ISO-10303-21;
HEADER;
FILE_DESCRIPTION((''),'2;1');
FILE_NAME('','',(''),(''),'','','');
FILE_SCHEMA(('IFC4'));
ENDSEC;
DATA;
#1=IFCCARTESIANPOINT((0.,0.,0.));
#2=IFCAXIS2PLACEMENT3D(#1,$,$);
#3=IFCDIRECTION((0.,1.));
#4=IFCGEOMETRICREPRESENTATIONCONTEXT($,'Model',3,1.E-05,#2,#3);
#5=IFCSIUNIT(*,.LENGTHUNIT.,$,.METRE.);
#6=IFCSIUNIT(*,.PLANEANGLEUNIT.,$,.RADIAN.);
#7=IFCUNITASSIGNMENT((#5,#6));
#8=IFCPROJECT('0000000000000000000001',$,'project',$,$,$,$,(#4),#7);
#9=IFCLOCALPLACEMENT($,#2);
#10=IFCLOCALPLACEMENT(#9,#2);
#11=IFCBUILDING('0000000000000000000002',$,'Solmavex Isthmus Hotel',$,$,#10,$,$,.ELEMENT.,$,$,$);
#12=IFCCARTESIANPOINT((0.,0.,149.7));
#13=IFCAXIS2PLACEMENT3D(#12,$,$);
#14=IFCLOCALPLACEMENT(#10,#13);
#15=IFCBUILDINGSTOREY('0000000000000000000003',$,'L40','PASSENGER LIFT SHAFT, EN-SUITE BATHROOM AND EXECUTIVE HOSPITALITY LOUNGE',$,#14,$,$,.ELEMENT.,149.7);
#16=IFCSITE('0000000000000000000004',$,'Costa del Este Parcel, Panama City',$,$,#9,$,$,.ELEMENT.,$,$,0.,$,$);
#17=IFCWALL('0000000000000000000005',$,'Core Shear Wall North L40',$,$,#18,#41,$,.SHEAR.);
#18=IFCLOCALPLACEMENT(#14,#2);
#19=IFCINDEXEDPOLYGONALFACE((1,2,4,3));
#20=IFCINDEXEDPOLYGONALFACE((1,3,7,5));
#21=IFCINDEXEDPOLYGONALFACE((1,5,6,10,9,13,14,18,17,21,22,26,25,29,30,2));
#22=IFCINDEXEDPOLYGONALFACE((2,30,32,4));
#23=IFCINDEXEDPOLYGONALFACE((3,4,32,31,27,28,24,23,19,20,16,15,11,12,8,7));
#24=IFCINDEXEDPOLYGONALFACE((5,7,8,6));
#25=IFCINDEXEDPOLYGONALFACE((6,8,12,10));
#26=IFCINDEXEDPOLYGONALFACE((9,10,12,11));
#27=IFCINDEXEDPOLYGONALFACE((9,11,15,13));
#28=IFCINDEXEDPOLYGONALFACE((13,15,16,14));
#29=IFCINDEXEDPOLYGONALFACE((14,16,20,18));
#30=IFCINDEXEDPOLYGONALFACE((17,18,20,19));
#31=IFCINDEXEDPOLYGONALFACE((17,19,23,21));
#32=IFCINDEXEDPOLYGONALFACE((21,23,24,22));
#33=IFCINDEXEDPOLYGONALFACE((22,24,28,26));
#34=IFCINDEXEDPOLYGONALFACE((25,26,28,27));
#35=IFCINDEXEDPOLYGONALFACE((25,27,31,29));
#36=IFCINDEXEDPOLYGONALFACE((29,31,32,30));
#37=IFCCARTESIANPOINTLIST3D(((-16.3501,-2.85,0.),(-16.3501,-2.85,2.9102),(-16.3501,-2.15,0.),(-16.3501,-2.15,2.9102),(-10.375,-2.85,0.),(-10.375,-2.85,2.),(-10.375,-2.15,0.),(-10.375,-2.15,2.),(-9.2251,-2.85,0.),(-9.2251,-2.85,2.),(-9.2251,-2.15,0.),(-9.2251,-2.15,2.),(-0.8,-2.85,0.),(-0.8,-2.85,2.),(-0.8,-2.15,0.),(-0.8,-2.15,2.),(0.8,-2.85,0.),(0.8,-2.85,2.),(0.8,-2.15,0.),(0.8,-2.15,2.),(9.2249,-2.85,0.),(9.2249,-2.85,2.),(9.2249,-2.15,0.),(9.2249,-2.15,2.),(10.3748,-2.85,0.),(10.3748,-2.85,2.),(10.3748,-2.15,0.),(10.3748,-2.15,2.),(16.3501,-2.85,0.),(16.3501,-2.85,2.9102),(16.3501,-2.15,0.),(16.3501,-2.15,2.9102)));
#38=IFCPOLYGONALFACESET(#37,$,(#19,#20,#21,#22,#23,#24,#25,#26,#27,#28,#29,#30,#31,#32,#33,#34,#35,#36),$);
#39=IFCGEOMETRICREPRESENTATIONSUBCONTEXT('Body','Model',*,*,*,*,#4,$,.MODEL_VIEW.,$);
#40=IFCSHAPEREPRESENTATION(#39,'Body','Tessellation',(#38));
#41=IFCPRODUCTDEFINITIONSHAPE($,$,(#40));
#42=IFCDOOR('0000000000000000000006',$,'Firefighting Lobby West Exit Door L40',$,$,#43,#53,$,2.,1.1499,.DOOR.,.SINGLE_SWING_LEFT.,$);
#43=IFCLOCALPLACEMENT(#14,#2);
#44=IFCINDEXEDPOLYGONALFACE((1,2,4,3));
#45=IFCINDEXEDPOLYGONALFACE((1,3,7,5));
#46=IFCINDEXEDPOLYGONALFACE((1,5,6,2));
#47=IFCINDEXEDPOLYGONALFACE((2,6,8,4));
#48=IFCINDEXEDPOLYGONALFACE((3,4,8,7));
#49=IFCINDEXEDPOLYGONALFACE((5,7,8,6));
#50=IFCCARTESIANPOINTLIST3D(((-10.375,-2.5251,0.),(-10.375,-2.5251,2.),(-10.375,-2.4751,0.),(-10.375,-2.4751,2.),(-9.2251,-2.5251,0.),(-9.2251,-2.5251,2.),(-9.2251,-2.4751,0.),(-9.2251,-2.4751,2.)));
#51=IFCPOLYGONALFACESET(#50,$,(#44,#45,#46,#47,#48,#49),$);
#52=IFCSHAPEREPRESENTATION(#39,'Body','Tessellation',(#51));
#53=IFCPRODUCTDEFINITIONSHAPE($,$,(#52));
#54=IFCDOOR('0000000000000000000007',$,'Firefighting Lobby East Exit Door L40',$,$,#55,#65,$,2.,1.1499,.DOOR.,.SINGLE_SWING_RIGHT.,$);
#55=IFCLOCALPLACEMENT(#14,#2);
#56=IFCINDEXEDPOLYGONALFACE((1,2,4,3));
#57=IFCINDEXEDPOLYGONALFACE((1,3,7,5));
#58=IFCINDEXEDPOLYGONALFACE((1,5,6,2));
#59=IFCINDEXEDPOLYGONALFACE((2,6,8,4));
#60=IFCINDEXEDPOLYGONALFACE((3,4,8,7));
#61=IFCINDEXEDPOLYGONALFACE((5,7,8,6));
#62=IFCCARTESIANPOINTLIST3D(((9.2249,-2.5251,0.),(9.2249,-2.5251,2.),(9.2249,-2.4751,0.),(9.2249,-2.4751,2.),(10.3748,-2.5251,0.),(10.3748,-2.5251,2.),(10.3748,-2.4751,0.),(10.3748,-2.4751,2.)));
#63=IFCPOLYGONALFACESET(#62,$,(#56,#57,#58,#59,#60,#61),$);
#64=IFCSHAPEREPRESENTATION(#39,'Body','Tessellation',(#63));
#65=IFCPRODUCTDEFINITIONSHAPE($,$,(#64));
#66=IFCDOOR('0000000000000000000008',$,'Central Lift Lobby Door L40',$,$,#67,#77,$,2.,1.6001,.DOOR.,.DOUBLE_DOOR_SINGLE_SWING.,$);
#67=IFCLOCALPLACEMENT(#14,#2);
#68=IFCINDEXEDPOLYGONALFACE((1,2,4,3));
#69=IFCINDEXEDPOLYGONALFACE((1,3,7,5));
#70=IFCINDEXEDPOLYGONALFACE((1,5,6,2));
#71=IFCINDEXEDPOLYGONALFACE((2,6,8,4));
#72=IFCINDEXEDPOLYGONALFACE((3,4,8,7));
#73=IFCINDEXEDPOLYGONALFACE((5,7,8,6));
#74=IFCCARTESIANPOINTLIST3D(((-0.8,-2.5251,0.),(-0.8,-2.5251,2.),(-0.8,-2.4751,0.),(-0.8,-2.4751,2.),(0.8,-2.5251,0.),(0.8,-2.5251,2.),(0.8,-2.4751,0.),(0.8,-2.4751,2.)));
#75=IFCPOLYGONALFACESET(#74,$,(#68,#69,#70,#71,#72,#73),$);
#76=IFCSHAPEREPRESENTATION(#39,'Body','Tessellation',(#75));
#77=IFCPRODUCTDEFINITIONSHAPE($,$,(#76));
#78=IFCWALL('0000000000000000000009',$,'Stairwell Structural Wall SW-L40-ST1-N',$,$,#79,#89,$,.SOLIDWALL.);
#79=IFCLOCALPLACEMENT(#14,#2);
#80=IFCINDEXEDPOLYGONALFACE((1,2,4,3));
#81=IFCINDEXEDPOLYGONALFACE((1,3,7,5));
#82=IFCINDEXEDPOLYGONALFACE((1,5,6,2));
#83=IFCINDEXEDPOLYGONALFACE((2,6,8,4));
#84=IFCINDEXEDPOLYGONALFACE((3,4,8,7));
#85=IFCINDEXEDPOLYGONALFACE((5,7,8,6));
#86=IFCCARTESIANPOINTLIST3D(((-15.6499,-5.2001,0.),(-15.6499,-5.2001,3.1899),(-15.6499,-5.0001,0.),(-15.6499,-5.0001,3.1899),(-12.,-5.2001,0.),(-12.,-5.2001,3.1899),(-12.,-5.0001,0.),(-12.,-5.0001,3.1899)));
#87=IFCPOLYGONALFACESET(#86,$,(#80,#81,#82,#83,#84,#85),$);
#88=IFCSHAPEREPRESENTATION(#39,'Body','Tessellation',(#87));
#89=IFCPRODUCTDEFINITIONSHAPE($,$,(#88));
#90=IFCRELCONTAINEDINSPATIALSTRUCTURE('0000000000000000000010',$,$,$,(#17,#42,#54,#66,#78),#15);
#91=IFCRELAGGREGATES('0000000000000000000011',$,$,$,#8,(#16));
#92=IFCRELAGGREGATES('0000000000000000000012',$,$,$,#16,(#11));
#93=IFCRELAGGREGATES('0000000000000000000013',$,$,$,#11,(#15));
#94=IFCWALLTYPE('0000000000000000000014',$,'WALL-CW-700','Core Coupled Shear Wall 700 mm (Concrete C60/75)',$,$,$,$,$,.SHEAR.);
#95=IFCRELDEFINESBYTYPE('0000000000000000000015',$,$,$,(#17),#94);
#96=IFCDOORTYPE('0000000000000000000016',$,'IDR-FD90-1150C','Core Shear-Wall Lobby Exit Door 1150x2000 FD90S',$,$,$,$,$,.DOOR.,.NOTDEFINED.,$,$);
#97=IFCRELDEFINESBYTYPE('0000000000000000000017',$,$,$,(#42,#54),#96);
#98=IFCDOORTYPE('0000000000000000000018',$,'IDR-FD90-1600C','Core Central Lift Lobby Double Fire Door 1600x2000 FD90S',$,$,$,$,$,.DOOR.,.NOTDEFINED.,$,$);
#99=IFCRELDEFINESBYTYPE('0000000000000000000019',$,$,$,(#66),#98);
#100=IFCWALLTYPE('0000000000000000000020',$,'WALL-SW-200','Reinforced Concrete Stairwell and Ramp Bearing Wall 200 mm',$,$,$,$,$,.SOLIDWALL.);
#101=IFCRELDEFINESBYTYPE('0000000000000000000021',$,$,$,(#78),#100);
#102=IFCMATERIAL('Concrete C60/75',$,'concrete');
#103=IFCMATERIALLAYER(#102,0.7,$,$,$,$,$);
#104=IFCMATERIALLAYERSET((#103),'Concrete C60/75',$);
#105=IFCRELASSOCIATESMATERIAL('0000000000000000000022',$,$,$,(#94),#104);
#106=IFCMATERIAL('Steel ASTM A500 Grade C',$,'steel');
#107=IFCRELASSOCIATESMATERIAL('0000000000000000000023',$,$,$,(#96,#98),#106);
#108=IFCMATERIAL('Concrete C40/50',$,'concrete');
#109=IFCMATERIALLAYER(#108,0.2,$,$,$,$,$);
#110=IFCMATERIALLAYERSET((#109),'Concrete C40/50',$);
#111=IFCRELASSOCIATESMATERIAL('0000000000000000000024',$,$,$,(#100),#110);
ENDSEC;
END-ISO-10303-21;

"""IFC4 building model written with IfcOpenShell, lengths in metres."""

from ifc_helpers import new_model, si_unit, direction, frame, frame_2d, origin, place, context, subcontext, project, spatial, rectangle, extrude, material, layer, layer_set, type_object, element, fill, save


model = new_model("IFC4")

# Units and contexts
model_context = context("Model", 3, precision=1e-05, world=origin(), true_north=direction((0.0, 1.0)))
body_context = subcontext(model_context, "Body", "Model", "MODEL_VIEW")
ifc_project = project(units=[si_unit("LENGTHUNIT", "METRE"), si_unit("PLANEANGLEUNIT", "RADIAN")], contexts=[model_context])

# Site, building, storey
site_placement = place(None, origin())
site = spatial("IfcSite", under=ifc_project, at=site_placement, Name="Costa del Este Parcel, Panama City", CompositionType="ELEMENT", RefElevation=0.0)
building_placement = place(site_placement, origin())
building = spatial("IfcBuilding", under=site, at=building_placement, Name="Solmavex Isthmus Hotel", CompositionType="ELEMENT")
storey_placement = place(building_placement, frame((0.0, 0.0, 149.7)))
storey = spatial("IfcBuildingStorey", under=building, at=storey_placement, Name="L40", Description="PASSENGER LIFT SHAFT, EN-SUITE BATHROOM AND EXECUTIVE HOSPITALITY LOUNGE", CompositionType="ELEMENT", Elevation=149.7)

# Shared definitions
ifc_material_1 = material(Name="Concrete C60/75", Category="concrete")

# Wall, openings, doors
ifc_layer_1 = layer(ifc_material_1, 0.7)
ifc_layer_set_1 = layer_set([ifc_layer_1], Name="Concrete C60/75")
wall_type_1 = type_object("IfcWallType", Name="WALL-CW-700", Description="Core Coupled Shear Wall 700 mm (Concrete C60/75)", PredefinedType="SHEAR", material=ifc_layer_set_1)
wall_1_placement = place(storey_placement, frame((-16.3501, -2.5, 0.0), z_axis=(0.0, 0.0, 1.0), x_axis=(1.0, 0.0, 0.0)))
wall_1 = element("IfcWall", 1, at=wall_1_placement, inside=storey, type_object=wall_type_1, Name="Core Shear Wall North L40", PredefinedType="SHEAR", context=body_context, shape_type="SweptSolid", body=[
    extrude(rectangle(XDim=32.7002, YDim=0.7, at=frame_2d((16.3501, 0.0))), origin(), (0.0, 0.0, 1.0), 2.9102),
])
opening_1_placement = place(wall_1_placement, frame((5.9751, 0.0, 0.0)))
opening_1 = element("IfcOpeningElement", 2, at=opening_1_placement, cuts=wall_1, PredefinedType="OPENING", context=body_context, shape_type="SweptSolid", body=[
    extrude(rectangle(XDim=1.1499, YDim=2.0, at=frame_2d((0.575, 1.0))), frame((0.0, 0.3599, 0.0), z_axis=(0.0, -1.0, 0.0), x_axis=(1.0, 0.0, 0.0)), (0.0, 0.0, 1.0), 0.72),
])
opening_2_placement = place(wall_1_placement, frame((15.55, 0.0, 0.0)))
opening_2 = element("IfcOpeningElement", 3, at=opening_2_placement, cuts=wall_1, PredefinedType="OPENING", context=body_context, shape_type="SweptSolid", body=[
    extrude(rectangle(XDim=1.6001, YDim=2.0, at=frame_2d((0.8, 1.0))), frame((0.0, 0.3599, 0.0), z_axis=(0.0, -1.0, 0.0), x_axis=(1.0, 0.0, 0.0)), (0.0, 0.0, 1.0), 0.72),
])
opening_3_placement = place(wall_1_placement, frame((25.575, 0.0, 0.0)))
opening_3 = element("IfcOpeningElement", 4, at=opening_3_placement, cuts=wall_1, PredefinedType="OPENING", context=body_context, shape_type="SweptSolid", body=[
    extrude(rectangle(XDim=1.1499, YDim=2.0, at=frame_2d((0.575, 1.0))), frame((0.0, 0.3599, 0.0), z_axis=(0.0, -1.0, 0.0), x_axis=(1.0, 0.0, 0.0)), (0.0, 0.0, 1.0), 0.72),
])
ifc_material_2 = material(Name="Steel ASTM A500 Grade C", Category="steel")
door_type_1 = type_object("IfcDoorType", Name="IDR-FD90-1150C", Description="Core Shear-Wall Lobby Exit Door 1150x2000 FD90S", OperationType="NOTDEFINED", PredefinedType="DOOR", material=ifc_material_2)
door_1_placement = place(opening_1_placement, origin())
door_1 = element("IfcDoor", 5, at=door_1_placement, inside=storey, type_object=door_type_1, Name="Firefighting Lobby West Exit Door L40", OperationType="SINGLE_SWING_LEFT", OverallHeight=2.0, OverallWidth=1.1499, PredefinedType="DOOR", context=body_context, shape_type="SweptSolid", body=[
    extrude(rectangle(XDim=1.1499, YDim=2.0, at=frame_2d((0.575, 1.0))), frame((0.0, 0.0249, 0.0), z_axis=(0.0, -1.0, 0.0), x_axis=(1.0, 0.0, 0.0)), (0.0, 0.0, 1.0), 0.05),
])
fill(opening_1, door_1)
door_2_placement = place(opening_3_placement, origin())
door_2 = element("IfcDoor", 6, at=door_2_placement, inside=storey, type_object=door_type_1, Name="Firefighting Lobby East Exit Door L40", OperationType="SINGLE_SWING_RIGHT", OverallHeight=2.0, OverallWidth=1.1499, PredefinedType="DOOR", context=body_context, shape_type="SweptSolid", body=[
    extrude(rectangle(XDim=1.1499, YDim=2.0, at=frame_2d((0.575, 1.0))), frame((0.0, 0.0249, 0.0), z_axis=(0.0, -1.0, 0.0), x_axis=(1.0, 0.0, 0.0)), (0.0, 0.0, 1.0), 0.05),
])
fill(opening_3, door_2)
door_type_2 = type_object("IfcDoorType", Name="IDR-FD90-1600C", Description="Core Central Lift Lobby Double Fire Door 1600x2000 FD90S", OperationType="NOTDEFINED", PredefinedType="DOOR", material=ifc_material_2)
door_3_placement = place(opening_2_placement, origin())
door_3 = element("IfcDoor", 7, at=door_3_placement, inside=storey, type_object=door_type_2, Name="Central Lift Lobby Door L40", OperationType="DOUBLE_DOOR_SINGLE_SWING", OverallHeight=2.0, OverallWidth=1.6001, PredefinedType="DOOR", context=body_context, shape_type="SweptSolid", body=[
    extrude(rectangle(XDim=1.6001, YDim=2.0, at=frame_2d((0.8, 1.0))), frame((0.0, 0.0249, 0.0), z_axis=(0.0, -1.0, 0.0), x_axis=(1.0, 0.0, 0.0)), (0.0, 0.0, 1.0), 0.05),
])
fill(opening_2, door_3)

# Wall
ifc_material_3 = material(Name="Concrete C40/50", Category="concrete")
ifc_layer_2 = layer(ifc_material_3, 0.2)
ifc_layer_set_2 = layer_set([ifc_layer_2], Name="Concrete C40/50")
wall_type_2 = type_object("IfcWallType", Name="WALL-SW-200", Description="Reinforced Concrete Stairwell and Ramp Bearing Wall 200 mm", PredefinedType="SOLIDWALL", material=ifc_layer_set_2)
wall_2_placement = place(storey_placement, frame((-15.6499, -5.1001, 0.0), z_axis=(0.0, 0.0, 1.0), x_axis=(1.0, 0.0, 0.0)))
element("IfcWall", 8, at=wall_2_placement, inside=storey, type_object=wall_type_2, Name="Stairwell Structural Wall SW-L40-ST1-N", PredefinedType="SOLIDWALL", context=body_context, shape_type="SweptSolid", body=[
    extrude(rectangle(XDim=3.6499, YDim=0.2, at=frame_2d((1.825, 0.0))), origin(), (0.0, 0.0, 1.0), 3.1899),
])

save(model, "model.ifc")
